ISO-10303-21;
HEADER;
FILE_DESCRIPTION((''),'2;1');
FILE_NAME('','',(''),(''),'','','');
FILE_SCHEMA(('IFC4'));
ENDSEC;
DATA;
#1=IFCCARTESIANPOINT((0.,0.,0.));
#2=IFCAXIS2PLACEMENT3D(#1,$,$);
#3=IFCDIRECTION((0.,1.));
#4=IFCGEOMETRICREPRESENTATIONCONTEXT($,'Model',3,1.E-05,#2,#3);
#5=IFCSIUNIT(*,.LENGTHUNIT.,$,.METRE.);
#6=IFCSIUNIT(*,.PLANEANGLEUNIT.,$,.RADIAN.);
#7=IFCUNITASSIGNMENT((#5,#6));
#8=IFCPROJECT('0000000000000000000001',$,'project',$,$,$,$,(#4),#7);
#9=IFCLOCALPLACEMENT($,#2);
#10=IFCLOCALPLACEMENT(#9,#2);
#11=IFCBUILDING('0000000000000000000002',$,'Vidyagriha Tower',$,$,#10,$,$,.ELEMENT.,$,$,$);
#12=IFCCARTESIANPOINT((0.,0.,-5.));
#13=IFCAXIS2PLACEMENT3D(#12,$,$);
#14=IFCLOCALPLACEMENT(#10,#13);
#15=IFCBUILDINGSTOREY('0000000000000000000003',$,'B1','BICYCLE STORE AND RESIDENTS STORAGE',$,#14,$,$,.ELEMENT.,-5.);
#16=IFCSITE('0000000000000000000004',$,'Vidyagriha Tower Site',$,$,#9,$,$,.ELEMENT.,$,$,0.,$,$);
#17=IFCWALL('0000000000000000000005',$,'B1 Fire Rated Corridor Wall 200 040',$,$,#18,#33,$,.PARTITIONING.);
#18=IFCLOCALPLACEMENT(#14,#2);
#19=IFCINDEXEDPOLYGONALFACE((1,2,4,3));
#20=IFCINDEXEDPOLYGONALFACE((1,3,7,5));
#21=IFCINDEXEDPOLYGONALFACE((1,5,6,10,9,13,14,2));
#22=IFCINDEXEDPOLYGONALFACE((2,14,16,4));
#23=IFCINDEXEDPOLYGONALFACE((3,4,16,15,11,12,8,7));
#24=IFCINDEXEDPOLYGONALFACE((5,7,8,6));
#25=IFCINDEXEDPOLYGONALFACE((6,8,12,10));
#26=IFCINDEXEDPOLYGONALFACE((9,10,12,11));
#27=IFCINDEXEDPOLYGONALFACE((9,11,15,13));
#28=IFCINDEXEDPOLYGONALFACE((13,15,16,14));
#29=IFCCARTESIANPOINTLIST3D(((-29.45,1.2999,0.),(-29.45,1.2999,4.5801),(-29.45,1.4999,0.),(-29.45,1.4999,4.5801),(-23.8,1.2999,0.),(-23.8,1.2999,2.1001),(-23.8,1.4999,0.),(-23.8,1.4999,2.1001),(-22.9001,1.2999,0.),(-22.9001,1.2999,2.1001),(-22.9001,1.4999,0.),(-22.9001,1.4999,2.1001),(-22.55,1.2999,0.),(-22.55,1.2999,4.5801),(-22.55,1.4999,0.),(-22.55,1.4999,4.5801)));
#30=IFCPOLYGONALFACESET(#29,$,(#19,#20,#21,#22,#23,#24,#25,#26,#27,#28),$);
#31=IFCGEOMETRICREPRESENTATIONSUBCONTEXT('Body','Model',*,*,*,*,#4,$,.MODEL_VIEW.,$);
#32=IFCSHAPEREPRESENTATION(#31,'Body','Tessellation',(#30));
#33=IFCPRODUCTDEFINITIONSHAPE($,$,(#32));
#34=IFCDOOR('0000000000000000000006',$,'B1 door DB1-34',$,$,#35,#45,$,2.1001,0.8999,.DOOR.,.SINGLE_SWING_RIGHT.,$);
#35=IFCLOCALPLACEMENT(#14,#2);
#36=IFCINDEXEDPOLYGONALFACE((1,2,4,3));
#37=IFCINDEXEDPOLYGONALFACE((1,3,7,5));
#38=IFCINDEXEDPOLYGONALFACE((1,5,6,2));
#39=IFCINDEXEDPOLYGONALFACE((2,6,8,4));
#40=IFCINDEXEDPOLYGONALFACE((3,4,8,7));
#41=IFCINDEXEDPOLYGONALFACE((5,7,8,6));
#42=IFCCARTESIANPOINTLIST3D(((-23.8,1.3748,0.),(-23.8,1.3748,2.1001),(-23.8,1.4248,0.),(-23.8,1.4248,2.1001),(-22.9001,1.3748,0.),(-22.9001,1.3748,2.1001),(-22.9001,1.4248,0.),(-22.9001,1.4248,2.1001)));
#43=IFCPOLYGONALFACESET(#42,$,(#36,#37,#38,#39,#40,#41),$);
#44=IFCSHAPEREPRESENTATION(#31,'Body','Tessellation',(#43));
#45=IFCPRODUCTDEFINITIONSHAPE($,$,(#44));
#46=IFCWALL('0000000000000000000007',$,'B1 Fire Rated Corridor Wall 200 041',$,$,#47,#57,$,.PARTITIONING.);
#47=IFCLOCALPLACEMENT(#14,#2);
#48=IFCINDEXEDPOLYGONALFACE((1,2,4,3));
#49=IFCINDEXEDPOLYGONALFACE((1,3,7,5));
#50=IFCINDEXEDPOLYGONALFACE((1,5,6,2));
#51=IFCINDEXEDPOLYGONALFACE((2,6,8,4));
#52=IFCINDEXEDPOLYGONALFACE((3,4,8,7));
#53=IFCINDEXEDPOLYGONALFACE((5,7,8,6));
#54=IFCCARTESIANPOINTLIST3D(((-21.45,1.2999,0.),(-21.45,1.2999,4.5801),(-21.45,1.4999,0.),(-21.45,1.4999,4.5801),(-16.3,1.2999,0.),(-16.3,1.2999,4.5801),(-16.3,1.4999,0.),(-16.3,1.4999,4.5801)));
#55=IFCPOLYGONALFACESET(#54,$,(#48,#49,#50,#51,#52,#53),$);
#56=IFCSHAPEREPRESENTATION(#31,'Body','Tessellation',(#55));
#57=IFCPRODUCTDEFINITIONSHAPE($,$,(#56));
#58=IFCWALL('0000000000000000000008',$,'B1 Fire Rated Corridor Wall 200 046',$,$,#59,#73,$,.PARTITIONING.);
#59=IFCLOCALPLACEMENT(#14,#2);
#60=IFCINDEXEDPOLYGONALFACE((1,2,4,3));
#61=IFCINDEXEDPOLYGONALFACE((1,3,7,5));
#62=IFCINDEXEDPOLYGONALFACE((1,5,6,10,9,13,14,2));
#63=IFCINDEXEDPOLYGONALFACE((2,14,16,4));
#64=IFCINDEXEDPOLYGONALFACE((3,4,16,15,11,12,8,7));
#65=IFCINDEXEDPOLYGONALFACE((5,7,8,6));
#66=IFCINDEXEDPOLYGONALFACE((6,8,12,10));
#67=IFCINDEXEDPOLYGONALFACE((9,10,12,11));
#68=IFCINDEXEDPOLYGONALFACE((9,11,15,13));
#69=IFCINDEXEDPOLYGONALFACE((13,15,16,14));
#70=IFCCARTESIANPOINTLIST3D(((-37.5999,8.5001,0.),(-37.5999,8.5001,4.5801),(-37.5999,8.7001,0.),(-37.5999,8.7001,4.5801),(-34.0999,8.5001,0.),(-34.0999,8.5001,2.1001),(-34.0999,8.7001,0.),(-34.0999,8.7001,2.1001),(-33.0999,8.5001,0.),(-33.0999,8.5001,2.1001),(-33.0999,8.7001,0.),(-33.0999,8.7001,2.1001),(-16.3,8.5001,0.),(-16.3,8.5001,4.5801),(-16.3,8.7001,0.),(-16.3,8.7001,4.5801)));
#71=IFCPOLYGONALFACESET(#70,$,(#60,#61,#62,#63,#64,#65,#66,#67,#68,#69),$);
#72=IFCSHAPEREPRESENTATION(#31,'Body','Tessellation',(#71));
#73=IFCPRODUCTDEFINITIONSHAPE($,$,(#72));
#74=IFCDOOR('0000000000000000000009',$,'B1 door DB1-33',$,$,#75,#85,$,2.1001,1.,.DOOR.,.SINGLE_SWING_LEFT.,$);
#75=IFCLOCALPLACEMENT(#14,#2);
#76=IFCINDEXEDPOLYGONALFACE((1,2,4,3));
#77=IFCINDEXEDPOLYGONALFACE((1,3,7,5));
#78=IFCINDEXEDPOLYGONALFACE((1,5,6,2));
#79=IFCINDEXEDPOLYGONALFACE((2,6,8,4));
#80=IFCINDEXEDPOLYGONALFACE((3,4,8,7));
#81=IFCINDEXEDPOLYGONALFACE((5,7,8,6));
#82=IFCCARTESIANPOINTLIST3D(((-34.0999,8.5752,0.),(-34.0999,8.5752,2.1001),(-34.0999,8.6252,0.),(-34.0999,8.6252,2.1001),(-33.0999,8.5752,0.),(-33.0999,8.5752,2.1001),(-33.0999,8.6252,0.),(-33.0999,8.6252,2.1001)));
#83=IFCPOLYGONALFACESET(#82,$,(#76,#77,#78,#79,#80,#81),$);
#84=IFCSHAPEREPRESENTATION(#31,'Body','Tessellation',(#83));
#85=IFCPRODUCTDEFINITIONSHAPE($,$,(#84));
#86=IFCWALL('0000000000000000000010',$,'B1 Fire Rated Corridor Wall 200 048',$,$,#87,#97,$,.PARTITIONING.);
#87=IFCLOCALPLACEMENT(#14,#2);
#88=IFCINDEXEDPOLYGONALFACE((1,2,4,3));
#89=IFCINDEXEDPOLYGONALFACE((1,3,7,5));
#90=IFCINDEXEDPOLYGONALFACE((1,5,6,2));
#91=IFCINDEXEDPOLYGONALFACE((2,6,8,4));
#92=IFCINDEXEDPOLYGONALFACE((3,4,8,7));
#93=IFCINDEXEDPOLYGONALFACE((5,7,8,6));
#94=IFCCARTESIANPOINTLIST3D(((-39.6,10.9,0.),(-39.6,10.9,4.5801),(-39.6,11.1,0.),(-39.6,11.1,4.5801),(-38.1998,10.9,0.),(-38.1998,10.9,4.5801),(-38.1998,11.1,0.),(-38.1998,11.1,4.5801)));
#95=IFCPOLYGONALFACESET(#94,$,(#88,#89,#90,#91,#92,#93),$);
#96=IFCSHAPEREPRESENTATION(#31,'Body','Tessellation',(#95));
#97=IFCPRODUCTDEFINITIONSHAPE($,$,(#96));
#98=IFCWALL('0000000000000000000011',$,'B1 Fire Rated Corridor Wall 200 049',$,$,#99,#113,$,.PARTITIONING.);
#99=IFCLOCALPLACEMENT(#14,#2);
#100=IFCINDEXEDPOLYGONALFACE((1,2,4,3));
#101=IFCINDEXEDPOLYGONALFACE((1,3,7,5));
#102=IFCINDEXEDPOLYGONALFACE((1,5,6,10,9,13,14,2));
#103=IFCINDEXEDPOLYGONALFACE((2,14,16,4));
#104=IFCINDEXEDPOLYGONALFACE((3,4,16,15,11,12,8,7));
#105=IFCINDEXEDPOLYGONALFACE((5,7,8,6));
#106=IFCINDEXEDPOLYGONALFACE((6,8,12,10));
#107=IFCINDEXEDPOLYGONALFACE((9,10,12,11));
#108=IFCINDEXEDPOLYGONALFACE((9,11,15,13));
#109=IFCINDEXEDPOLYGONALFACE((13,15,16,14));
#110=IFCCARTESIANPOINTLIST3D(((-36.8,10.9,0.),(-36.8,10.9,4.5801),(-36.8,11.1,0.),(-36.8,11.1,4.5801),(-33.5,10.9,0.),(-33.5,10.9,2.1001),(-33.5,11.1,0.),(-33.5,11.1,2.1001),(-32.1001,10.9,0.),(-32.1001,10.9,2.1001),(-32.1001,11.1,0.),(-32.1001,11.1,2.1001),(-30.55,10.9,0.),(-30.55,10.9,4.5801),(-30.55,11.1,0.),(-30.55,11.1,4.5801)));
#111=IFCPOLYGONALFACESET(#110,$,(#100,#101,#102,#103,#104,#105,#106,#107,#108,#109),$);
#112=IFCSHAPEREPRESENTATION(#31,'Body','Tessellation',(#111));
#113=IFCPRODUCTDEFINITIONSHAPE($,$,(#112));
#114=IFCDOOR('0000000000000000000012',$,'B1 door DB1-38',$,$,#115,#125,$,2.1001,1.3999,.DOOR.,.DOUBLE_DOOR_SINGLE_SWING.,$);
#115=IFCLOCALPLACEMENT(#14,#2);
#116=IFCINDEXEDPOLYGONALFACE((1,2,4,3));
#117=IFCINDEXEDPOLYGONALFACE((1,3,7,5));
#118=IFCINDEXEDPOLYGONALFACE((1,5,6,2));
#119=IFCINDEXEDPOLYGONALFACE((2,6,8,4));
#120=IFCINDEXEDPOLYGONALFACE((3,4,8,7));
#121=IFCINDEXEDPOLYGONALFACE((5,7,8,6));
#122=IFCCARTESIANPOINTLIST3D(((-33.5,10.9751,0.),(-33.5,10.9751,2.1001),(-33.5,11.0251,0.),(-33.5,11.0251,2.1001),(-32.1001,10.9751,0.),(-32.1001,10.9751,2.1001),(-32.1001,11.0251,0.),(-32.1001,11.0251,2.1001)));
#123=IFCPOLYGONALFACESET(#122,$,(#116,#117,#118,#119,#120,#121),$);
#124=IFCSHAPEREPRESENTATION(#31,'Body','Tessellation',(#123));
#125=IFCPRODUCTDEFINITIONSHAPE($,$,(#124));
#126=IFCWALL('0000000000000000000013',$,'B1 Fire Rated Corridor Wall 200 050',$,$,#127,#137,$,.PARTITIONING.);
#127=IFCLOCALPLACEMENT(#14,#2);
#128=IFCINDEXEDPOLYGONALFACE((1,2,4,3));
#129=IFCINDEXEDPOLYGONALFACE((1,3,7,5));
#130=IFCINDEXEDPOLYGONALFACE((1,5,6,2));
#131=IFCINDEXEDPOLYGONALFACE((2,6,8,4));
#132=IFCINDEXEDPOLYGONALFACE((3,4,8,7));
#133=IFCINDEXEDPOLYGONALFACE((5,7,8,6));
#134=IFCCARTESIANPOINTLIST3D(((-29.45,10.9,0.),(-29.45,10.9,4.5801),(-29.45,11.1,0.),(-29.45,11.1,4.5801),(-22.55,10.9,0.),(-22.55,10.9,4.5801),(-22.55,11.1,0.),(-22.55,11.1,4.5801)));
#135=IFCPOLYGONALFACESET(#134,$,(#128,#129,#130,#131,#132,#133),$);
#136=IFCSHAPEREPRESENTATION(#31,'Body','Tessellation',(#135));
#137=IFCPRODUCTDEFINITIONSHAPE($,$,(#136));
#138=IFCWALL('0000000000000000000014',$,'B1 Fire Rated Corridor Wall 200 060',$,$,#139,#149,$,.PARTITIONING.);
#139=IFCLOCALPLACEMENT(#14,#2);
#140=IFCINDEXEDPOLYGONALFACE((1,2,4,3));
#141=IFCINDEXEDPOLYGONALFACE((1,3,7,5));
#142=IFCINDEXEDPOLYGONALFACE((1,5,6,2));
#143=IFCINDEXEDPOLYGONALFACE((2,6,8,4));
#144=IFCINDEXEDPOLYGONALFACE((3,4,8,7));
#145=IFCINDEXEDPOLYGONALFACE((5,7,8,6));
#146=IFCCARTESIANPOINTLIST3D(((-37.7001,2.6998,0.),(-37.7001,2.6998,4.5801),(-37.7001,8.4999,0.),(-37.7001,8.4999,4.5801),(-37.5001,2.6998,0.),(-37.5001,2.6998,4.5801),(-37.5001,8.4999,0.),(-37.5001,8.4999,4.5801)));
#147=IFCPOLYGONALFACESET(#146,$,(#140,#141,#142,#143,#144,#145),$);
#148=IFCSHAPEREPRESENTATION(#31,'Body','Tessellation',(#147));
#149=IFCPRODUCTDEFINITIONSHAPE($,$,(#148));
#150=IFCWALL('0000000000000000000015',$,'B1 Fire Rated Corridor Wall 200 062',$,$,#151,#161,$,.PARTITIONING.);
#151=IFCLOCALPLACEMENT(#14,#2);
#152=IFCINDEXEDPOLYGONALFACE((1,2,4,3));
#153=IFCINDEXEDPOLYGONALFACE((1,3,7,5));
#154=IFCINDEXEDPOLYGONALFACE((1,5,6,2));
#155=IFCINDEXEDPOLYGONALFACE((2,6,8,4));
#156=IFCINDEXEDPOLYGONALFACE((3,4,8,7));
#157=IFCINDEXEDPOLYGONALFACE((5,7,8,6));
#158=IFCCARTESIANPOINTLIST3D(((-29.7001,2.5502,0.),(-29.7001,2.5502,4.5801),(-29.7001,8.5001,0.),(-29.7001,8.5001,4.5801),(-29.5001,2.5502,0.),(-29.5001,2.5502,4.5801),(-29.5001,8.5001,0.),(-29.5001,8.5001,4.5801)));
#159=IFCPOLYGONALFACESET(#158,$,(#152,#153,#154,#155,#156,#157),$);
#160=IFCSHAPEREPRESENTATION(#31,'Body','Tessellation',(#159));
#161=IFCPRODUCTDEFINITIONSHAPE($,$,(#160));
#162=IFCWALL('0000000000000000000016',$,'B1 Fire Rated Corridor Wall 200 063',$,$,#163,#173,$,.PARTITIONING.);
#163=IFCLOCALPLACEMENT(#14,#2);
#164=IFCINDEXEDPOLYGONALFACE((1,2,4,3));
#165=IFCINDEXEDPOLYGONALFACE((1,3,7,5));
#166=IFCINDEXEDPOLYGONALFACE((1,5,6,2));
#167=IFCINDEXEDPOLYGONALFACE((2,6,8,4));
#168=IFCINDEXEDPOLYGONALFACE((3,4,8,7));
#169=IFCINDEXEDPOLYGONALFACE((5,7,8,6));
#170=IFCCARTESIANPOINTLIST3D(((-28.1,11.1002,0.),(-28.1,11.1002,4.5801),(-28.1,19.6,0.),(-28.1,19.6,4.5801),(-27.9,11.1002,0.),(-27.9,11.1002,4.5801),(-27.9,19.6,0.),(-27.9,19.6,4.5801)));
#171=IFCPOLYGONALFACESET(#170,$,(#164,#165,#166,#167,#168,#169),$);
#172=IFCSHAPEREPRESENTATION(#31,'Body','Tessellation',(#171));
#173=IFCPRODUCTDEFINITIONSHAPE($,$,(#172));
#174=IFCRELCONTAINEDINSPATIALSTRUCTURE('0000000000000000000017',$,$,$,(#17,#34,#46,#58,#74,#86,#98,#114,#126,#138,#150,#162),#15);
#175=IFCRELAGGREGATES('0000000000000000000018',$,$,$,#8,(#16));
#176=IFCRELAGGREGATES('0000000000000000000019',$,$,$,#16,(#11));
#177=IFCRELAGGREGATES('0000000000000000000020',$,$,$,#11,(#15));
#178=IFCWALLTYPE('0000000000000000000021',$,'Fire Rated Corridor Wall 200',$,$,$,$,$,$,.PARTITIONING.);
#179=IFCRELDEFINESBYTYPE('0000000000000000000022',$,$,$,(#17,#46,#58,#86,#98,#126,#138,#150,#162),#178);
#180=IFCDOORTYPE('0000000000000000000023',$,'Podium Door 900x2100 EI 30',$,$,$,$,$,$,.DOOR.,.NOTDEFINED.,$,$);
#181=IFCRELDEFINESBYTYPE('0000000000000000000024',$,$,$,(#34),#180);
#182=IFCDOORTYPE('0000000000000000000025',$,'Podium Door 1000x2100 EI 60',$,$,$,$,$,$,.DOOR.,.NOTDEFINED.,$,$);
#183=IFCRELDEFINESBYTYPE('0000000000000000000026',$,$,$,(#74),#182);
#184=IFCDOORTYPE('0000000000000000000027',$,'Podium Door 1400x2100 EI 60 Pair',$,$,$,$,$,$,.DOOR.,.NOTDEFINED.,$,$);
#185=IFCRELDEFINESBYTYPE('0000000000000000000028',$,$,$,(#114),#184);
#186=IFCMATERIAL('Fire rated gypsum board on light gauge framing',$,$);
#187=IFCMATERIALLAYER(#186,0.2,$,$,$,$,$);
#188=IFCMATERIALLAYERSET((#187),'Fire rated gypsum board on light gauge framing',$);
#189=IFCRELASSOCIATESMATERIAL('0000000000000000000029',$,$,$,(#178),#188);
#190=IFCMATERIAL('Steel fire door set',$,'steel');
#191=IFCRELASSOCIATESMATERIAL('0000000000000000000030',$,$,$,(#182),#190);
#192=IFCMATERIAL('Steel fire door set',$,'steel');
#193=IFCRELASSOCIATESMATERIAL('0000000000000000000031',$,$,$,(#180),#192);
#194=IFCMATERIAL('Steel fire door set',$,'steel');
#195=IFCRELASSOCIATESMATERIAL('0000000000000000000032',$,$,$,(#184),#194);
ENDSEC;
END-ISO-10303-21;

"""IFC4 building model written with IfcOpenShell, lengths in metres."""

from ifc_helpers import new_model, si_unit, direction, frame, frame_2d, origin, place, context, subcontext, project, spatial, rectangle, extrude, material, layer, layer_set, type_object, element, fill, save


model = new_model("IFC4")

# Units and contexts
model_context = context("Model", 3, precision=1e-05, world=origin(), true_north=direction((0.0, 1.0)))
body_context = subcontext(model_context, "Body", "Model", "MODEL_VIEW")
ifc_project = project(units=[si_unit("LENGTHUNIT", "METRE"), si_unit("PLANEANGLEUNIT", "RADIAN")], contexts=[model_context])

# Site, building, storey
site_placement = place(None, origin())
site = spatial("IfcSite", under=ifc_project, at=site_placement, Name="Vidyagriha Tower Site", CompositionType="ELEMENT", RefElevation=0.0)
building_placement = place(site_placement, origin())
building = spatial("IfcBuilding", under=site, at=building_placement, Name="Vidyagriha Tower", CompositionType="ELEMENT")
storey_placement = place(building_placement, frame((0.0, 0.0, -5.0)))
storey = spatial("IfcBuildingStorey", under=building, at=storey_placement, Name="B1", Description="BICYCLE STORE AND RESIDENTS STORAGE", CompositionType="ELEMENT", Elevation=-5.0)

# Wall, opening, door
ifc_material_1 = material(Name="Fire rated gypsum board on light gauge framing")
ifc_layer_1 = layer(ifc_material_1, 0.2)
ifc_layer_set_1 = layer_set([ifc_layer_1], Name="Fire rated gypsum board on light gauge framing")
wall_type_1 = type_object("IfcWallType", Name="Fire Rated Corridor Wall 200", PredefinedType="PARTITIONING", material=ifc_layer_set_1)
ifc_material_2 = material(Name="Steel fire door set", Category="steel")
door_type_1 = type_object("IfcDoorType", Name="Podium Door 1000x2100 EI 60", OperationType="NOTDEFINED", PredefinedType="DOOR", material=ifc_material_2)
wall_1_placement = place(storey_placement, frame((-29.45, 1.3999, 0.0)))
wall_1 = element("IfcWall", 1, at=wall_1_placement, inside=storey, type_object=wall_type_1, Name="B1 Fire Rated Corridor Wall 200 040", PredefinedType="PARTITIONING", context=body_context, shape_type="SweptSolid", body=[
    extrude(rectangle(XDim=6.8999, YDim=0.2, at=frame_2d((3.45, 0.0))), origin(), (0.0, 0.0, 1.0), 4.5801),
])
opening_1_placement = place(wall_1_placement, frame((5.6499, 0.0, 0.0)))
opening_1 = element("IfcOpeningElement", 2, at=opening_1_placement, cuts=wall_1, PredefinedType="OPENING", context=body_context, shape_type="SweptSolid", body=[
    extrude(rectangle(XDim=0.8999, YDim=2.1001, at=frame_2d((0.45, 1.05))), frame((0.0, 0.1099, 0.0), z_axis=(0.0, -1.0, 0.0), x_axis=(1.0, 0.0, 0.0)), (0.0, 0.0, 1.0), 0.22),
])
ifc_material_3 = material(Name="Steel fire door set", Category="steel")
door_type_2 = type_object("IfcDoorType", Name="Podium Door 900x2100 EI 30", OperationType="NOTDEFINED", PredefinedType="DOOR", material=ifc_material_3)
door_1_placement = place(opening_1_placement, origin())
door_1 = element("IfcDoor", 3, at=door_1_placement, inside=storey, type_object=door_type_2, Name="B1 door DB1-34", OperationType="SINGLE_SWING_RIGHT", OverallHeight=2.1001, OverallWidth=0.8999, PredefinedType="DOOR", context=body_context, shape_type="SweptSolid", body=[
    extrude(rectangle(XDim=0.8999, YDim=2.1001, at=frame_2d((0.45, 1.05))), frame((0.0, 0.0249, 0.0), z_axis=(0.0, -1.0, 0.0), x_axis=(1.0, 0.0, 0.0)), (0.0, 0.0, 1.0), 0.05),
])
fill(opening_1, door_1)

# Wall
wall_2_placement = place(storey_placement, frame((-21.45, 1.3999, 0.0)))
element("IfcWall", 4, at=wall_2_placement, inside=storey, type_object=wall_type_1, Name="B1 Fire Rated Corridor Wall 200 041", PredefinedType="PARTITIONING", context=body_context, shape_type="SweptSolid", body=[
    extrude(rectangle(XDim=5.1499, YDim=0.2, at=frame_2d((2.575, 0.0))), origin(), (0.0, 0.0, 1.0), 4.5801),
])

# Wall, opening, door
wall_3_placement = place(storey_placement, frame((-37.5999, 8.6001, 0.0)))
wall_3 = element("IfcWall", 5, at=wall_3_placement, inside=storey, type_object=wall_type_1, Name="B1 Fire Rated Corridor Wall 200 046", PredefinedType="PARTITIONING", context=body_context, shape_type="SweptSolid", body=[
    extrude(rectangle(XDim=21.2998, YDim=0.2, at=frame_2d((10.6499, 0.0))), origin(), (0.0, 0.0, 1.0), 4.5801),
])
opening_2_placement = place(wall_3_placement, frame((3.5, 0.0, 0.0)))
opening_2 = element("IfcOpeningElement", 6, at=opening_2_placement, cuts=wall_3, PredefinedType="OPENING", context=body_context, shape_type="SweptSolid", body=[
    extrude(rectangle(XDim=1.0, YDim=2.1001, at=frame_2d((0.5, 1.05))), frame((0.0, 0.1099, 0.0), z_axis=(0.0, -1.0, 0.0), x_axis=(1.0, 0.0, 0.0)), (0.0, 0.0, 1.0), 0.22),
])
door_2_placement = place(opening_2_placement, frame((1.0, 0.0, 0.0), z_axis=(0.0, 0.0, 1.0), x_axis=(-1.0, 0.0, 0.0)))
door_2 = element("IfcDoor", 7, at=door_2_placement, inside=storey, type_object=door_type_1, Name="B1 door DB1-33", OperationType="SINGLE_SWING_LEFT", OverallHeight=2.1001, OverallWidth=1.0, PredefinedType="DOOR", context=body_context, shape_type="SweptSolid", body=[
    extrude(rectangle(XDim=1.0, YDim=2.1001, at=frame_2d((0.5, 1.05))), frame((0.0, 0.0249, 0.0), z_axis=(0.0, -1.0, 0.0), x_axis=(1.0, 0.0, 0.0)), (0.0, 0.0, 1.0), 0.05),
])
fill(opening_2, door_2)

# Wall
wall_4_placement = place(storey_placement, frame((-39.6001, 11.0, 0.0)))
element("IfcWall", 8, at=wall_4_placement, inside=storey, type_object=wall_type_1, Name="B1 Fire Rated Corridor Wall 200 048", PredefinedType="PARTITIONING", context=body_context, shape_type="SweptSolid", body=[
    extrude(rectangle(XDim=1.4001, YDim=0.2, at=frame_2d((0.7002, 0.0))), origin(), (0.0, 0.0, 1.0), 4.5801),
])

# Wall, opening, door
wall_5_placement = place(storey_placement, frame((-36.8, 11.0, 0.0)))
wall_5 = element("IfcWall", 9, at=wall_5_placement, inside=storey, type_object=wall_type_1, Name="B1 Fire Rated Corridor Wall 200 049", PredefinedType="PARTITIONING", context=body_context, shape_type="SweptSolid", body=[
    extrude(rectangle(XDim=6.25, YDim=0.2, at=frame_2d((3.125, 0.0))), origin(), (0.0, 0.0, 1.0), 4.5801),
])
opening_3_placement = place(wall_5_placement, frame((3.3, 0.0, 0.0)))
opening_3 = element("IfcOpeningElement", 10, at=opening_3_placement, cuts=wall_5, PredefinedType="OPENING", context=body_context, shape_type="SweptSolid", body=[
    extrude(rectangle(XDim=1.3999, YDim=2.1001, at=frame_2d((0.7, 1.05))), frame((0.0, 0.1099, 0.0), z_axis=(0.0, -1.0, 0.0), x_axis=(1.0, 0.0, 0.0)), (0.0, 0.0, 1.0), 0.22),
])
ifc_material_4 = material(Name="Steel fire door set", Category="steel")
door_type_3 = type_object("IfcDoorType", Name="Podium Door 1400x2100 EI 60 Pair", OperationType="NOTDEFINED", PredefinedType="DOOR", material=ifc_material_4)
door_3_placement = place(opening_3_placement, frame((1.3999, 0.0, 0.0), z_axis=(0.0, 0.0, 1.0), x_axis=(-1.0, 0.0, 0.0)))
door_3 = element("IfcDoor", 11, at=door_3_placement, inside=storey, type_object=door_type_3, Name="B1 door DB1-38", OperationType="DOUBLE_DOOR_SINGLE_SWING", OverallHeight=2.1001, OverallWidth=1.3999, PredefinedType="DOOR", context=body_context, shape_type="SweptSolid", body=[
    extrude(rectangle(XDim=1.3999, YDim=2.1001, at=frame_2d((0.7, 1.05))), frame((0.0, 0.0249, 0.0), z_axis=(0.0, -1.0, 0.0), x_axis=(1.0, 0.0, 0.0)), (0.0, 0.0, 1.0), 0.05),
])
fill(opening_3, door_3)

# Walls
wall_6_placement = place(storey_placement, frame((-29.45, 11.0, 0.0)))
element("IfcWall", 12, at=wall_6_placement, inside=storey, type_object=wall_type_1, Name="B1 Fire Rated Corridor Wall 200 050", PredefinedType="PARTITIONING", context=body_context, shape_type="SweptSolid", body=[
    extrude(rectangle(XDim=6.8999, YDim=0.2, at=frame_2d((3.45, 0.0))), origin(), (0.0, 0.0, 1.0), 4.5801),
])
wall_7_placement = place(storey_placement, frame((-37.6001, 2.7, 0.0), z_axis=(0.0, 0.0, 1.0), x_axis=(0.0, 1.0, 0.0)))
element("IfcWall", 13, at=wall_7_placement, inside=storey, type_object=wall_type_1, Name="B1 Fire Rated Corridor Wall 200 060", PredefinedType="PARTITIONING", context=body_context, shape_type="SweptSolid", body=[
    extrude(rectangle(XDim=5.8, YDim=0.2, at=frame_2d((2.8999, 0.0))), origin(), (0.0, 0.0, 1.0), 4.5801),
])
wall_8_placement = place(storey_placement, frame((-29.6001, 2.55, 0.0), z_axis=(0.0, 0.0, 1.0), x_axis=(0.0, 1.0, 0.0)))
element("IfcWall", 14, at=wall_8_placement, inside=storey, type_object=wall_type_1, Name="B1 Fire Rated Corridor Wall 200 062", PredefinedType="PARTITIONING", context=body_context, shape_type="SweptSolid", body=[
    extrude(rectangle(XDim=5.95, YDim=0.2, at=frame_2d((2.9751, 0.0))), origin(), (0.0, 0.0, 1.0), 4.5801),
])
wall_9_placement = place(storey_placement, frame((-28.0, 11.1001, 0.0), z_axis=(0.0, 0.0, 1.0), x_axis=(0.0, 1.0, 0.0)))
element("IfcWall", 15, at=wall_9_placement, inside=storey, type_object=wall_type_1, Name="B1 Fire Rated Corridor Wall 200 063", PredefinedType="PARTITIONING", context=body_context, shape_type="SweptSolid", body=[
    extrude(rectangle(XDim=8.4998, YDim=0.2, at=frame_2d((4.25, 0.0))), origin(), (0.0, 0.0, 1.0), 4.5801),
])

save(model, "model.ifc")
